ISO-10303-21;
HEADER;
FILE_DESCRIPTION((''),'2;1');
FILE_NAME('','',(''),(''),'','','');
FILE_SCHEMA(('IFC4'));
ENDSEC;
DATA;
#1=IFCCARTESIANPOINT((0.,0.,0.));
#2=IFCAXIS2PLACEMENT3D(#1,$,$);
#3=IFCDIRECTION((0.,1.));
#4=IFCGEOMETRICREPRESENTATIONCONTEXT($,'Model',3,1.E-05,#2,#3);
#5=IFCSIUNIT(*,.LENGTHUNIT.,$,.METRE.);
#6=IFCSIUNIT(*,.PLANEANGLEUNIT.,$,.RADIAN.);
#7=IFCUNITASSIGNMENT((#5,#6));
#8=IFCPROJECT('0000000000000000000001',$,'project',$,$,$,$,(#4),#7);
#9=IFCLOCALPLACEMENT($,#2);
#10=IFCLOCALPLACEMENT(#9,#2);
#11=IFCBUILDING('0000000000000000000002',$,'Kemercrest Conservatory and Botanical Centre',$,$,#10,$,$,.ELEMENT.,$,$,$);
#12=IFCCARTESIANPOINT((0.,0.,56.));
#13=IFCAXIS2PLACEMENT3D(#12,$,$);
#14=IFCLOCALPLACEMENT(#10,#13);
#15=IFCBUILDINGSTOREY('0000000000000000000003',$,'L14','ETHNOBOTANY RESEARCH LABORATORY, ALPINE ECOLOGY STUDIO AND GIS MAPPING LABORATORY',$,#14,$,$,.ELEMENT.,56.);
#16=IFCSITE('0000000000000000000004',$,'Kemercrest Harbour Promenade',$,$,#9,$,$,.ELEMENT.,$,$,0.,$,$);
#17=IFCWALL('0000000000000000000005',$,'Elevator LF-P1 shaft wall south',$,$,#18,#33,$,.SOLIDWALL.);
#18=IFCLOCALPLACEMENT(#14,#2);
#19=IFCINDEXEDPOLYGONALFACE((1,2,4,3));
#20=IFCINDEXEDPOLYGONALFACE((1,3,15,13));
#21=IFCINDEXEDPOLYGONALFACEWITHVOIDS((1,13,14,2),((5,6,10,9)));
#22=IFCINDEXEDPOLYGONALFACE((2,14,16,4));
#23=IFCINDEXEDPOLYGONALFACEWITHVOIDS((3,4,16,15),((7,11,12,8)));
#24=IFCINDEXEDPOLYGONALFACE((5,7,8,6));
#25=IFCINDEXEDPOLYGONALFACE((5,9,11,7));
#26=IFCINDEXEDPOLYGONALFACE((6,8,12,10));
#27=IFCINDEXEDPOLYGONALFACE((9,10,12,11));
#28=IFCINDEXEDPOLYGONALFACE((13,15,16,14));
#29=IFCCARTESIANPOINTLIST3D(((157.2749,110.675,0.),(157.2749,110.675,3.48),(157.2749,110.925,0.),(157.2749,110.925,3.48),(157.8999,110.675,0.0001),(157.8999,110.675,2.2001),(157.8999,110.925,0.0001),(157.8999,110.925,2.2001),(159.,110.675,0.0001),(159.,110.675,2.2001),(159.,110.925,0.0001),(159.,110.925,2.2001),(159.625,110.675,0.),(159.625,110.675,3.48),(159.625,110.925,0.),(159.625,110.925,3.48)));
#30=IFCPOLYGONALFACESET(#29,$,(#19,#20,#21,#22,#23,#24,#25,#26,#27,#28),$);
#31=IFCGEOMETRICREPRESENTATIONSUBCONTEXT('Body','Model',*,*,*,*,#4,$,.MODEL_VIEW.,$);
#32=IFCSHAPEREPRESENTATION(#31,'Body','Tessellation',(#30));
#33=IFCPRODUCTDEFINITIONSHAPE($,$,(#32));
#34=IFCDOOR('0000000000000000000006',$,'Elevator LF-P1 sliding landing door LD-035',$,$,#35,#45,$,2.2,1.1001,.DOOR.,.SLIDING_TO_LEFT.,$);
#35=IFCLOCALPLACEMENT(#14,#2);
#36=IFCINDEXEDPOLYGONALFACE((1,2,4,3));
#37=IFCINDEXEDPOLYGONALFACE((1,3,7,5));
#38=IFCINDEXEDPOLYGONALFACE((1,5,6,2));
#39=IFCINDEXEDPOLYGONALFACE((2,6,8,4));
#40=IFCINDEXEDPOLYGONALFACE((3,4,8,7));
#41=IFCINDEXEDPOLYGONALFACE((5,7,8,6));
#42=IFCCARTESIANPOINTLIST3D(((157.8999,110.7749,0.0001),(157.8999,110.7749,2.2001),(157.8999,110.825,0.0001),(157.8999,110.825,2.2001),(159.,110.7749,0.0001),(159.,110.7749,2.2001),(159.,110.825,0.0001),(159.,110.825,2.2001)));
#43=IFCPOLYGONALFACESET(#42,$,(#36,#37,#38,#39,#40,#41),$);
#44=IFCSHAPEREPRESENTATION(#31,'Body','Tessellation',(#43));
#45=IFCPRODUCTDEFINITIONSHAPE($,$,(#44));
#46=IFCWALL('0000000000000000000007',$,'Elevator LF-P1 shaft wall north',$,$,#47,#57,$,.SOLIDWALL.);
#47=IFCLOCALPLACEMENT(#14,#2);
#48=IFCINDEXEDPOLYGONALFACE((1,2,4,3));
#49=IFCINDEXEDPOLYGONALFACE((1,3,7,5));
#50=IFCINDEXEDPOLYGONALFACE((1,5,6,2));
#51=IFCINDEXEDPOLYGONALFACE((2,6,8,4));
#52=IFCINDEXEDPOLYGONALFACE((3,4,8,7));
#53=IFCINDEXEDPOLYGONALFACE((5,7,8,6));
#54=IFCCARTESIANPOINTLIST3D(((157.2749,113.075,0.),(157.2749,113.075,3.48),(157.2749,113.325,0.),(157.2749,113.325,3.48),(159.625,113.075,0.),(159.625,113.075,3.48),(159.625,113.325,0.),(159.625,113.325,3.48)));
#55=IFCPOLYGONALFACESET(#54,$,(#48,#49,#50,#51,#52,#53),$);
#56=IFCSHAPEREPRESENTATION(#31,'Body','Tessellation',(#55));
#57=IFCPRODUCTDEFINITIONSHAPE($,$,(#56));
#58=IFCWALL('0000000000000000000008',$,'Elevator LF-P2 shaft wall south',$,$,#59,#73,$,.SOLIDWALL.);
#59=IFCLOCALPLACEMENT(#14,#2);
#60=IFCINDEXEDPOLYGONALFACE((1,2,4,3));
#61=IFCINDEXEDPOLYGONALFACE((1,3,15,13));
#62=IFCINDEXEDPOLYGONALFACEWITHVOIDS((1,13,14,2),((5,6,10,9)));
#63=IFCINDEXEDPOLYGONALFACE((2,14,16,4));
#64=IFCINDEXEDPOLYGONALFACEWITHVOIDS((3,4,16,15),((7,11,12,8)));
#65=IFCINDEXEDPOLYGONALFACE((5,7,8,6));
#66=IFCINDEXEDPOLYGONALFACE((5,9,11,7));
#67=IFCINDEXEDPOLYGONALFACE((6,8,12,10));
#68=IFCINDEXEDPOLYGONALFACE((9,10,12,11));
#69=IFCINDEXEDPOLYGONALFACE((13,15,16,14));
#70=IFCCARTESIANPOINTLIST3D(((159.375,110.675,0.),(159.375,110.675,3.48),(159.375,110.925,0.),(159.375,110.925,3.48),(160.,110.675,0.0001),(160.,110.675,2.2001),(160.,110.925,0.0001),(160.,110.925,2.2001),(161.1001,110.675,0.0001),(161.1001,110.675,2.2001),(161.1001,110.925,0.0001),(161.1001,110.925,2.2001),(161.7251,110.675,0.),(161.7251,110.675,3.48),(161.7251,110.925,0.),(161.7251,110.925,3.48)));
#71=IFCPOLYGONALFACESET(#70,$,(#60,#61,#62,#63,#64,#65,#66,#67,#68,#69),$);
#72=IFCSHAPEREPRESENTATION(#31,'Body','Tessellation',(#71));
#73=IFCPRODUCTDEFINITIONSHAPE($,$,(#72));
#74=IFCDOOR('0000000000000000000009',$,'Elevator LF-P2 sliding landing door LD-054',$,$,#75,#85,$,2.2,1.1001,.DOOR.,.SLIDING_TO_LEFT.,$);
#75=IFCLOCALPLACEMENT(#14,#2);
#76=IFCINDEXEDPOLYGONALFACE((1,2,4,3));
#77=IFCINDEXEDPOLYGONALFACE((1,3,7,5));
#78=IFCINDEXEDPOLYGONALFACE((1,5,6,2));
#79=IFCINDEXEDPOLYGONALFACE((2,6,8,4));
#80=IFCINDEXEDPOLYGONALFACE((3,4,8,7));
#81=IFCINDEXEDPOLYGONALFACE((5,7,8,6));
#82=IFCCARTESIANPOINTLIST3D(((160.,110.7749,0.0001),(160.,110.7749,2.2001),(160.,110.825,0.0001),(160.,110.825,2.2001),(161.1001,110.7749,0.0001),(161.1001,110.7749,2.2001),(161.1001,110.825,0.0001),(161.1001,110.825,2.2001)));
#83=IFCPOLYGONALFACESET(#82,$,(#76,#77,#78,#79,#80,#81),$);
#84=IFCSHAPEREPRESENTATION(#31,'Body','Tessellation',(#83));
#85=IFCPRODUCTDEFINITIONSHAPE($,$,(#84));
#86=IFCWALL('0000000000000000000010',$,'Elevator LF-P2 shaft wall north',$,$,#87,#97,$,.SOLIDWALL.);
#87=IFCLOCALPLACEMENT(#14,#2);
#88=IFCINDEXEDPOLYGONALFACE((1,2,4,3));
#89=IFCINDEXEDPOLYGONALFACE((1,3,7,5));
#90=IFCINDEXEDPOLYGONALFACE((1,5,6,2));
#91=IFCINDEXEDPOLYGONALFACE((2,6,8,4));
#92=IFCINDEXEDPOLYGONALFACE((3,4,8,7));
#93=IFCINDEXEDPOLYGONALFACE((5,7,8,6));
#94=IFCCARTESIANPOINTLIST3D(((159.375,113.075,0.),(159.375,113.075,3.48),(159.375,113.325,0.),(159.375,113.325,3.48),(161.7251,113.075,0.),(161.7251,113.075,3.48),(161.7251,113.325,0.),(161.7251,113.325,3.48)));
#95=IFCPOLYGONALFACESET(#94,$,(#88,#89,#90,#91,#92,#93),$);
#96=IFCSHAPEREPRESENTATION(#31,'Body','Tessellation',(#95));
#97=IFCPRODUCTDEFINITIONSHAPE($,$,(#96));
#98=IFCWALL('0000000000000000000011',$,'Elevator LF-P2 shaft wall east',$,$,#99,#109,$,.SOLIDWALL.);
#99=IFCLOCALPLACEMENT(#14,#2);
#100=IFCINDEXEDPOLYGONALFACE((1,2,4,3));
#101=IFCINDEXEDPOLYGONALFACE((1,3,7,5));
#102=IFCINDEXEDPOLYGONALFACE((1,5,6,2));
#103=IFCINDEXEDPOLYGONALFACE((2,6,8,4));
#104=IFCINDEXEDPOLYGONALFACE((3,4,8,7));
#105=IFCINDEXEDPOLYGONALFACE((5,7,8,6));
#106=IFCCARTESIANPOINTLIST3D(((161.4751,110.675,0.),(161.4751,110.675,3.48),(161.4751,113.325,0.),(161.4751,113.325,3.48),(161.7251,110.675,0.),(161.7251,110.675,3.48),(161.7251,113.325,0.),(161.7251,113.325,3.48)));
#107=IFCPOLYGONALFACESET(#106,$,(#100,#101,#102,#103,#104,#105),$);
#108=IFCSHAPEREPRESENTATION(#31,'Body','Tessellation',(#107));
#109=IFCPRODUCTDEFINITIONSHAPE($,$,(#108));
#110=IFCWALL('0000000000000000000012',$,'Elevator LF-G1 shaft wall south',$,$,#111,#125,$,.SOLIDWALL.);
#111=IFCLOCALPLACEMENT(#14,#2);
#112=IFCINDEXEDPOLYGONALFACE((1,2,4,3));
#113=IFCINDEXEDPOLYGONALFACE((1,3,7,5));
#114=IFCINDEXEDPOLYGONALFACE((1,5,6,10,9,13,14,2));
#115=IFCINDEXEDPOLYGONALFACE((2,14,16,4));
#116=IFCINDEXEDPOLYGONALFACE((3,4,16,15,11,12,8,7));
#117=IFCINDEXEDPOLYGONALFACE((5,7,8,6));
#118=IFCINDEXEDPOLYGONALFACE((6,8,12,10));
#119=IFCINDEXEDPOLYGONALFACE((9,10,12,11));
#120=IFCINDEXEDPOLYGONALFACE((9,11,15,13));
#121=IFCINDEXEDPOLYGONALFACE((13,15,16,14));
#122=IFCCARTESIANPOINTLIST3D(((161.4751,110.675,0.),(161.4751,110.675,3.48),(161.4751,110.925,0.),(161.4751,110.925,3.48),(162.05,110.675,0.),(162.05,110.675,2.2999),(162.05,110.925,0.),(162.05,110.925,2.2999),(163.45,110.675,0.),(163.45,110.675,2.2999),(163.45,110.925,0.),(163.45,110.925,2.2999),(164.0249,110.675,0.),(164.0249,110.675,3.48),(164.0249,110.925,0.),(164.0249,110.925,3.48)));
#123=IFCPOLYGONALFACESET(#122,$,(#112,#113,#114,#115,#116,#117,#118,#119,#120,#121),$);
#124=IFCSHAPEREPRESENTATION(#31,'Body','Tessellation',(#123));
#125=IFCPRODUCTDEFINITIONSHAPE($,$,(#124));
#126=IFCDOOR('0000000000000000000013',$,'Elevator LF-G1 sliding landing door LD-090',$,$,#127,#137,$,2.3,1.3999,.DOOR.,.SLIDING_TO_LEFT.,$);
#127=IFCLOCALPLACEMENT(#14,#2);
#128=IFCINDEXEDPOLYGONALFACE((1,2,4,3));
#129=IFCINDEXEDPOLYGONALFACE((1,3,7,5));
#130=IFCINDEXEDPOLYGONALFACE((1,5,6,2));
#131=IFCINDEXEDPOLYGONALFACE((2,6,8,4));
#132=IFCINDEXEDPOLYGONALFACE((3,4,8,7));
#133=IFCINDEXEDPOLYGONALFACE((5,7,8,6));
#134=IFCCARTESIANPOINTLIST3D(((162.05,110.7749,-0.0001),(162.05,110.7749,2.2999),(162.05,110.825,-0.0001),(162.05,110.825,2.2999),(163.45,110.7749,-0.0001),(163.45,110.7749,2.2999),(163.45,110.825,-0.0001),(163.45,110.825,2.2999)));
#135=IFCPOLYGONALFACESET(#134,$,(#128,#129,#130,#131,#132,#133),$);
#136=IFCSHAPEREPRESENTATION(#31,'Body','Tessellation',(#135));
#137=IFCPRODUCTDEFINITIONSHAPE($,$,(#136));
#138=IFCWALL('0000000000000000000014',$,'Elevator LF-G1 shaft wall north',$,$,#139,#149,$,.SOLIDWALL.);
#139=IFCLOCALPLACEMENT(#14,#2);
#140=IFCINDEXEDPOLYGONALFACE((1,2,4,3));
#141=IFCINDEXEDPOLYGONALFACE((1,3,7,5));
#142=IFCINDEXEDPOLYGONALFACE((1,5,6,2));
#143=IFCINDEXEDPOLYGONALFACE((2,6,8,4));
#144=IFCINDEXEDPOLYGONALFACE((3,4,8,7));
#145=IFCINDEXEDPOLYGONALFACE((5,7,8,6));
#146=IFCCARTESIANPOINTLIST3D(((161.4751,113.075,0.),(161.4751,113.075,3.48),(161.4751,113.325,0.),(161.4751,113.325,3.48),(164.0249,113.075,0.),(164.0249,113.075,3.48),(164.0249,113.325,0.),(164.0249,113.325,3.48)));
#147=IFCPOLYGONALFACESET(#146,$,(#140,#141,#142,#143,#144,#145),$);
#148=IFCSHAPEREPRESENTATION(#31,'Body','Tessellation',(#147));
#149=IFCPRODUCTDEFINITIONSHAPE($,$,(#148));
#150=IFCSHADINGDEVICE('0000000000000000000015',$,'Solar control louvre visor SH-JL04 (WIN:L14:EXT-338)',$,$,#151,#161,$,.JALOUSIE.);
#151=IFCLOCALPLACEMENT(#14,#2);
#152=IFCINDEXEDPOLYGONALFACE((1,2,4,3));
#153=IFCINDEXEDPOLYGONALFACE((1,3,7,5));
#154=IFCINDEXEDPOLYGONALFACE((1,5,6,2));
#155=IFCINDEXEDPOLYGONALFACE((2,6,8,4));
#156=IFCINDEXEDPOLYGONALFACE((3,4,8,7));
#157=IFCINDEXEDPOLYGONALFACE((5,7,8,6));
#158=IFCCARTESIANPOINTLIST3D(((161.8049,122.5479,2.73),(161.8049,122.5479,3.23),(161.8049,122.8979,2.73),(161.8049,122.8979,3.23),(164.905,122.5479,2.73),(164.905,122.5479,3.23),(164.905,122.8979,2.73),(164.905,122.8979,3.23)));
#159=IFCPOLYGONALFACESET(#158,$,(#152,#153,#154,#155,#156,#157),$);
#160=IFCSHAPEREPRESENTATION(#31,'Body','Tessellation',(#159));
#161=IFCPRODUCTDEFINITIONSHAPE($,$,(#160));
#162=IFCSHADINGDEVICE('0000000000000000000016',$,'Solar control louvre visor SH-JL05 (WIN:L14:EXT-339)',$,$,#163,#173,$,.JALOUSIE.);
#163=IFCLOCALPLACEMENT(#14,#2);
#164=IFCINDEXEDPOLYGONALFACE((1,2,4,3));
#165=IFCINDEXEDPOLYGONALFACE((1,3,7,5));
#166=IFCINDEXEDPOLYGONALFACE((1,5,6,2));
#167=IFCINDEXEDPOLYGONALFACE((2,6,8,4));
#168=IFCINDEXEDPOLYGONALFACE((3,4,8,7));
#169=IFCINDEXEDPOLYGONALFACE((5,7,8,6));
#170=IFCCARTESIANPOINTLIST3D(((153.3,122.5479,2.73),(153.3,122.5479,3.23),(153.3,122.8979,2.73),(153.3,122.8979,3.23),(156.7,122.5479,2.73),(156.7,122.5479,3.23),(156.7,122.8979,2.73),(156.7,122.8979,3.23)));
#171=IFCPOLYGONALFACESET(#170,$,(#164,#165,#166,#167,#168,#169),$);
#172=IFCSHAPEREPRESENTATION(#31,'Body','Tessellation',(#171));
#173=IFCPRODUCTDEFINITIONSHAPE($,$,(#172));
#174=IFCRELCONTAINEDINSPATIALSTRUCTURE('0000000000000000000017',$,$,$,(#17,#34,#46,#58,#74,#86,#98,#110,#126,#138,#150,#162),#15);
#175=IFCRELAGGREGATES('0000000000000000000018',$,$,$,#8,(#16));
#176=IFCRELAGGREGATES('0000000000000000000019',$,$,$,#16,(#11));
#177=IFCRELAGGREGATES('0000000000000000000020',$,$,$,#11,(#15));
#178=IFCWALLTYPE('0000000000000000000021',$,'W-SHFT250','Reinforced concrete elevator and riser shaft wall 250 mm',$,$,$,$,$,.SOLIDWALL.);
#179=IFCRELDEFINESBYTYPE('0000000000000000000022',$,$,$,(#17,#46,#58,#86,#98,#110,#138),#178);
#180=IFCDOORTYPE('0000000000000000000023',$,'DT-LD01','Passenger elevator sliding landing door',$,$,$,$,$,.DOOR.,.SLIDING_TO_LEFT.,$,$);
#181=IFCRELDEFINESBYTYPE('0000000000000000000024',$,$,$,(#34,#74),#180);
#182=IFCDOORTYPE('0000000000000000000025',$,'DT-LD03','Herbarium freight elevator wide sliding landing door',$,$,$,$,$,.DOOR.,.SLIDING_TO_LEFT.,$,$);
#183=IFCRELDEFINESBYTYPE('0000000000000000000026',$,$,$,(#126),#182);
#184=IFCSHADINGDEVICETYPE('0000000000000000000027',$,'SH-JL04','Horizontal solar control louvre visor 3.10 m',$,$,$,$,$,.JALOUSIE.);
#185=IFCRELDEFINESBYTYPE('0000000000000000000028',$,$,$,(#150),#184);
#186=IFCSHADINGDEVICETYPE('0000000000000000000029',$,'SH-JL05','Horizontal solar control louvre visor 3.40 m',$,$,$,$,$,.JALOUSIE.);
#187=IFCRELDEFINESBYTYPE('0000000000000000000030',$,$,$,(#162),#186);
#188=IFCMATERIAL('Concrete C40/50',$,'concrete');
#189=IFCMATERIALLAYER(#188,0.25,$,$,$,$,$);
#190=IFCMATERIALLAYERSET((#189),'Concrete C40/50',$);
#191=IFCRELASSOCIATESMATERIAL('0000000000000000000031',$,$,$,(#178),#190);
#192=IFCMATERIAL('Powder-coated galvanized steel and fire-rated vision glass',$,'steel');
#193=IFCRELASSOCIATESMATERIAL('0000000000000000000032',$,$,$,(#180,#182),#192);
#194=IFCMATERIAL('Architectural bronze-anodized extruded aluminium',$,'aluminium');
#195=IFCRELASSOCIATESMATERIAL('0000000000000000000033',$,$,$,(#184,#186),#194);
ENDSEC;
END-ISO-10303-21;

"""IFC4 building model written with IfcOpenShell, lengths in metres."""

from ifc_helpers import new_model, si_unit, direction, frame, frame_2d, origin, origin_2d, place, context, subcontext, project, spatial, rectangle, extrude, material, layer, layer_set, type_object, element, fill, save


model = new_model("IFC4")

# Units and contexts
model_context = context("Model", 3, precision=1e-05, world=origin(), true_north=direction((0.0, 1.0)))
body_context = subcontext(model_context, "Body", "Model", "MODEL_VIEW")
ifc_project = project(units=[si_unit("LENGTHUNIT", "METRE"), si_unit("PLANEANGLEUNIT", "RADIAN")], contexts=[model_context])

# Site, building, storey
site_placement = place(None, origin())
site = spatial("IfcSite", under=ifc_project, at=site_placement, Name="Kemercrest Harbour Promenade", CompositionType="ELEMENT", RefElevation=0.0)
building_placement = place(site_placement, origin())
building = spatial("IfcBuilding", under=site, at=building_placement, Name="Kemercrest Conservatory and Botanical Centre", CompositionType="ELEMENT")
storey_placement = place(building_placement, frame((0.0, 0.0, 56.0)))
storey = spatial("IfcBuildingStorey", under=building, at=storey_placement, Name="L14", Description="ETHNOBOTANY RESEARCH LABORATORY, ALPINE ECOLOGY STUDIO AND GIS MAPPING LABORATORY", CompositionType="ELEMENT", Elevation=56.0)

# Shared definitions
ifc_material_1 = material(Name="Concrete C40/50", Category="concrete")

# Shared definitions
ifc_layer_1 = layer(ifc_material_1, 0.25)
ifc_layer_set_1 = layer_set([ifc_layer_1], Name="Concrete C40/50")
wall_type_1 = type_object("IfcWallType", Name="W-SHFT250", Description="Reinforced concrete elevator and riser shaft wall 250 mm", PredefinedType="SOLIDWALL", material=ifc_layer_set_1)
ifc_material_2 = material(Name="Powder-coated galvanized steel and fire-rated vision glass", Category="steel")

# Wall, opening, door
wall_1_placement = place(storey_placement, frame((157.2749, 110.8, 0.0), z_axis=(0.0, 0.0, 1.0), x_axis=(1.0, 0.0, 0.0)))
wall_1 = element("IfcWall", 1, at=wall_1_placement, inside=storey, type_object=wall_type_1, Name="Elevator LF-P1 shaft wall south", PredefinedType="SOLIDWALL", context=body_context, shape_type="SweptSolid", body=[
    extrude(rectangle(XDim=2.3501, YDim=0.25, at=frame_2d((1.175, 0.0))), origin(), (0.0, 0.0, 1.0), 3.48),
])
opening_1_placement = place(wall_1_placement, frame((0.625, 0.0, 0.0)))
opening_1 = element("IfcOpeningElement", 2, at=opening_1_placement, cuts=wall_1, PredefinedType="OPENING", context=body_context, shape_type="SweptSolid", body=[
    extrude(rectangle(XDim=1.1001, YDim=2.2, at=frame_2d((0.55, 1.1001))), frame((0.0, 0.135, 0.0), z_axis=(0.0, -1.0, 0.0), x_axis=(1.0, 0.0, 0.0)), (0.0, 0.0, 1.0), 0.27),
])
door_type_1 = type_object("IfcDoorType", Name="DT-LD01", Description="Passenger elevator sliding landing door", OperationType="SLIDING_TO_LEFT", PredefinedType="DOOR", material=ifc_material_2)
door_1_placement = place(opening_1_placement, origin())
door_1 = element("IfcDoor", 3, at=door_1_placement, inside=storey, type_object=door_type_1, Name="Elevator LF-P1 sliding landing door LD-035", OperationType="SLIDING_TO_LEFT", OverallHeight=2.2, OverallWidth=1.1001, PredefinedType="DOOR", context=body_context, shape_type="SweptSolid", body=[
    extrude(rectangle(XDim=1.1001, YDim=2.2, at=frame_2d((0.55, 1.1001))), frame((0.0, 0.0249, 0.0), z_axis=(0.0, -1.0, 0.0), x_axis=(1.0, 0.0, 0.0)), (0.0, 0.0, 1.0), 0.05),
])
fill(opening_1, door_1)

# Wall
wall_2_placement = place(storey_placement, frame((157.2749, 113.2, 0.0), z_axis=(0.0, 0.0, 1.0), x_axis=(1.0, 0.0, 0.0)))
element("IfcWall", 4, at=wall_2_placement, inside=storey, type_object=wall_type_1, Name="Elevator LF-P1 shaft wall north", PredefinedType="SOLIDWALL", context=body_context, shape_type="SweptSolid", body=[
    extrude(rectangle(XDim=2.3501, YDim=0.25, at=frame_2d((1.175, 0.0))), origin(), (0.0, 0.0, 1.0), 3.48),
])

# Wall, opening, door
wall_3_placement = place(storey_placement, frame((159.375, 110.8, 0.0), z_axis=(0.0, 0.0, 1.0), x_axis=(1.0, 0.0, 0.0)))
wall_3 = element("IfcWall", 5, at=wall_3_placement, inside=storey, type_object=wall_type_1, Name="Elevator LF-P2 shaft wall south", PredefinedType="SOLIDWALL", context=body_context, shape_type="SweptSolid", body=[
    extrude(rectangle(XDim=2.3501, YDim=0.25, at=frame_2d((1.175, 0.0))), origin(), (0.0, 0.0, 1.0), 3.48),
])
opening_2_placement = place(wall_3_placement, frame((0.625, 0.0, 0.0)))
opening_2 = element("IfcOpeningElement", 6, at=opening_2_placement, cuts=wall_3, PredefinedType="OPENING", context=body_context, shape_type="SweptSolid", body=[
    extrude(rectangle(XDim=1.1001, YDim=2.2, at=frame_2d((0.55, 1.1001))), frame((0.0, 0.135, 0.0), z_axis=(0.0, -1.0, 0.0), x_axis=(1.0, 0.0, 0.0)), (0.0, 0.0, 1.0), 0.27),
])
door_2_placement = place(opening_2_placement, origin())
door_2 = element("IfcDoor", 7, at=door_2_placement, inside=storey, type_object=door_type_1, Name="Elevator LF-P2 sliding landing door LD-054", OperationType="SLIDING_TO_LEFT", OverallHeight=2.2, OverallWidth=1.1001, PredefinedType="DOOR", context=body_context, shape_type="SweptSolid", body=[
    extrude(rectangle(XDim=1.1001, YDim=2.2, at=frame_2d((0.55, 1.1001))), frame((0.0, 0.0249, 0.0), z_axis=(0.0, -1.0, 0.0), x_axis=(1.0, 0.0, 0.0)), (0.0, 0.0, 1.0), 0.05),
])
fill(opening_2, door_2)

# Walls
wall_4_placement = place(storey_placement, frame((159.375, 113.2, 0.0), z_axis=(0.0, 0.0, 1.0), x_axis=(1.0, 0.0, 0.0)))
element("IfcWall", 8, at=wall_4_placement, inside=storey, type_object=wall_type_1, Name="Elevator LF-P2 shaft wall north", PredefinedType="SOLIDWALL", context=body_context, shape_type="SweptSolid", body=[
    extrude(rectangle(XDim=2.3501, YDim=0.25, at=frame_2d((1.175, 0.0))), origin(), (0.0, 0.0, 1.0), 3.48),
])
wall_5_placement = place(storey_placement, frame((161.6001, 110.675, 0.0), z_axis=(0.0, 0.0, 1.0), x_axis=(0.0, 1.0, 0.0)))
element("IfcWall", 9, at=wall_5_placement, inside=storey, type_object=wall_type_1, Name="Elevator LF-P2 shaft wall east", PredefinedType="SOLIDWALL", context=body_context, shape_type="SweptSolid", body=[
    extrude(rectangle(XDim=2.6499, YDim=0.25, at=frame_2d((1.325, 0.0))), origin(), (0.0, 0.0, 1.0), 3.48),
])

# Wall, opening, door
wall_6_placement = place(storey_placement, frame((161.4751, 110.8, 0.0), z_axis=(0.0, 0.0, 1.0), x_axis=(1.0, 0.0, 0.0)))
wall_6 = element("IfcWall", 10, at=wall_6_placement, inside=storey, type_object=wall_type_1, Name="Elevator LF-G1 shaft wall south", PredefinedType="SOLIDWALL", context=body_context, shape_type="SweptSolid", body=[
    extrude(rectangle(XDim=2.5498, YDim=0.25, at=frame_2d((1.2749, 0.0))), origin(), (0.0, 0.0, 1.0), 3.48),
])
opening_3_placement = place(wall_6_placement, frame((0.575, 0.0, 0.0)))
opening_3 = element("IfcOpeningElement", 11, at=opening_3_placement, cuts=wall_6, PredefinedType="OPENING", context=body_context, shape_type="SweptSolid", body=[
    extrude(rectangle(XDim=1.3999, YDim=2.3, at=frame_2d((0.7, 1.1499))), frame((0.0, 0.135, 0.0), z_axis=(0.0, -1.0, 0.0), x_axis=(1.0, 0.0, 0.0)), (0.0, 0.0, 1.0), 0.27),
])
door_type_2 = type_object("IfcDoorType", Name="DT-LD03", Description="Herbarium freight elevator wide sliding landing door", OperationType="SLIDING_TO_LEFT", PredefinedType="DOOR", material=ifc_material_2)
door_3_placement = place(opening_3_placement, origin())
door_3 = element("IfcDoor", 12, at=door_3_placement, inside=storey, type_object=door_type_2, Name="Elevator LF-G1 sliding landing door LD-090", OperationType="SLIDING_TO_LEFT", OverallHeight=2.3, OverallWidth=1.3999, PredefinedType="DOOR", context=body_context, shape_type="SweptSolid", body=[
    extrude(rectangle(XDim=1.3999, YDim=2.3, at=frame_2d((0.7, 1.1499))), frame((0.0, 0.0249, 0.0), z_axis=(0.0, -1.0, 0.0), x_axis=(1.0, 0.0, 0.0)), (0.0, 0.0, 1.0), 0.05),
])
fill(opening_3, door_3)

# Wall
wall_7_placement = place(storey_placement, frame((161.4751, 113.2, 0.0), z_axis=(0.0, 0.0, 1.0), x_axis=(1.0, 0.0, 0.0)))
element("IfcWall", 13, at=wall_7_placement, inside=storey, type_object=wall_type_1, Name="Elevator LF-G1 shaft wall north", PredefinedType="SOLIDWALL", context=body_context, shape_type="SweptSolid", body=[
    extrude(rectangle(XDim=2.5498, YDim=0.25, at=frame_2d((1.2749, 0.0))), origin(), (0.0, 0.0, 1.0), 3.48),
])

# Shading devices
ifc_material_3 = material(Name="Architectural bronze-anodized extruded aluminium", Category="aluminium")
shading_device_type_1 = type_object("IfcShadingDeviceType", Name="SH-JL04", Description="Horizontal solar control louvre visor 3.10 m", PredefinedType="JALOUSIE", material=ifc_material_3)
shading_device_1_placement = place(storey_placement, frame((163.355, 122.7229, 2.73), z_axis=(0.0, 0.0, 1.0), x_axis=(-1.0, 0.0, 0.0)))
element("IfcShadingDevice", 14, at=shading_device_1_placement, inside=storey, type_object=shading_device_type_1, Name="Solar control louvre visor SH-JL04 (WIN:L14:EXT-338)", PredefinedType="JALOUSIE", context=body_context, shape_type="SweptSolid", body=[
    extrude(rectangle(XDim=3.1001, YDim=0.3501, at=origin_2d()), origin(), (0.0, 0.0, 1.0), 0.5),
])
shading_device_type_2 = type_object("IfcShadingDeviceType", Name="SH-JL05", Description="Horizontal solar control louvre visor 3.40 m", PredefinedType="JALOUSIE", material=ifc_material_3)
shading_device_2_placement = place(storey_placement, frame((155.0, 122.7229, 2.73), z_axis=(0.0, 0.0, 1.0), x_axis=(-1.0, 0.0, 0.0)))
element("IfcShadingDevice", 15, at=shading_device_2_placement, inside=storey, type_object=shading_device_type_2, Name="Solar control louvre visor SH-JL05 (WIN:L14:EXT-339)", PredefinedType="JALOUSIE", context=body_context, shape_type="SweptSolid", body=[
    extrude(rectangle(XDim=3.3999, YDim=0.3501, at=origin_2d()), origin(), (0.0, 0.0, 1.0), 0.5),
])

save(model, "model.ifc")
